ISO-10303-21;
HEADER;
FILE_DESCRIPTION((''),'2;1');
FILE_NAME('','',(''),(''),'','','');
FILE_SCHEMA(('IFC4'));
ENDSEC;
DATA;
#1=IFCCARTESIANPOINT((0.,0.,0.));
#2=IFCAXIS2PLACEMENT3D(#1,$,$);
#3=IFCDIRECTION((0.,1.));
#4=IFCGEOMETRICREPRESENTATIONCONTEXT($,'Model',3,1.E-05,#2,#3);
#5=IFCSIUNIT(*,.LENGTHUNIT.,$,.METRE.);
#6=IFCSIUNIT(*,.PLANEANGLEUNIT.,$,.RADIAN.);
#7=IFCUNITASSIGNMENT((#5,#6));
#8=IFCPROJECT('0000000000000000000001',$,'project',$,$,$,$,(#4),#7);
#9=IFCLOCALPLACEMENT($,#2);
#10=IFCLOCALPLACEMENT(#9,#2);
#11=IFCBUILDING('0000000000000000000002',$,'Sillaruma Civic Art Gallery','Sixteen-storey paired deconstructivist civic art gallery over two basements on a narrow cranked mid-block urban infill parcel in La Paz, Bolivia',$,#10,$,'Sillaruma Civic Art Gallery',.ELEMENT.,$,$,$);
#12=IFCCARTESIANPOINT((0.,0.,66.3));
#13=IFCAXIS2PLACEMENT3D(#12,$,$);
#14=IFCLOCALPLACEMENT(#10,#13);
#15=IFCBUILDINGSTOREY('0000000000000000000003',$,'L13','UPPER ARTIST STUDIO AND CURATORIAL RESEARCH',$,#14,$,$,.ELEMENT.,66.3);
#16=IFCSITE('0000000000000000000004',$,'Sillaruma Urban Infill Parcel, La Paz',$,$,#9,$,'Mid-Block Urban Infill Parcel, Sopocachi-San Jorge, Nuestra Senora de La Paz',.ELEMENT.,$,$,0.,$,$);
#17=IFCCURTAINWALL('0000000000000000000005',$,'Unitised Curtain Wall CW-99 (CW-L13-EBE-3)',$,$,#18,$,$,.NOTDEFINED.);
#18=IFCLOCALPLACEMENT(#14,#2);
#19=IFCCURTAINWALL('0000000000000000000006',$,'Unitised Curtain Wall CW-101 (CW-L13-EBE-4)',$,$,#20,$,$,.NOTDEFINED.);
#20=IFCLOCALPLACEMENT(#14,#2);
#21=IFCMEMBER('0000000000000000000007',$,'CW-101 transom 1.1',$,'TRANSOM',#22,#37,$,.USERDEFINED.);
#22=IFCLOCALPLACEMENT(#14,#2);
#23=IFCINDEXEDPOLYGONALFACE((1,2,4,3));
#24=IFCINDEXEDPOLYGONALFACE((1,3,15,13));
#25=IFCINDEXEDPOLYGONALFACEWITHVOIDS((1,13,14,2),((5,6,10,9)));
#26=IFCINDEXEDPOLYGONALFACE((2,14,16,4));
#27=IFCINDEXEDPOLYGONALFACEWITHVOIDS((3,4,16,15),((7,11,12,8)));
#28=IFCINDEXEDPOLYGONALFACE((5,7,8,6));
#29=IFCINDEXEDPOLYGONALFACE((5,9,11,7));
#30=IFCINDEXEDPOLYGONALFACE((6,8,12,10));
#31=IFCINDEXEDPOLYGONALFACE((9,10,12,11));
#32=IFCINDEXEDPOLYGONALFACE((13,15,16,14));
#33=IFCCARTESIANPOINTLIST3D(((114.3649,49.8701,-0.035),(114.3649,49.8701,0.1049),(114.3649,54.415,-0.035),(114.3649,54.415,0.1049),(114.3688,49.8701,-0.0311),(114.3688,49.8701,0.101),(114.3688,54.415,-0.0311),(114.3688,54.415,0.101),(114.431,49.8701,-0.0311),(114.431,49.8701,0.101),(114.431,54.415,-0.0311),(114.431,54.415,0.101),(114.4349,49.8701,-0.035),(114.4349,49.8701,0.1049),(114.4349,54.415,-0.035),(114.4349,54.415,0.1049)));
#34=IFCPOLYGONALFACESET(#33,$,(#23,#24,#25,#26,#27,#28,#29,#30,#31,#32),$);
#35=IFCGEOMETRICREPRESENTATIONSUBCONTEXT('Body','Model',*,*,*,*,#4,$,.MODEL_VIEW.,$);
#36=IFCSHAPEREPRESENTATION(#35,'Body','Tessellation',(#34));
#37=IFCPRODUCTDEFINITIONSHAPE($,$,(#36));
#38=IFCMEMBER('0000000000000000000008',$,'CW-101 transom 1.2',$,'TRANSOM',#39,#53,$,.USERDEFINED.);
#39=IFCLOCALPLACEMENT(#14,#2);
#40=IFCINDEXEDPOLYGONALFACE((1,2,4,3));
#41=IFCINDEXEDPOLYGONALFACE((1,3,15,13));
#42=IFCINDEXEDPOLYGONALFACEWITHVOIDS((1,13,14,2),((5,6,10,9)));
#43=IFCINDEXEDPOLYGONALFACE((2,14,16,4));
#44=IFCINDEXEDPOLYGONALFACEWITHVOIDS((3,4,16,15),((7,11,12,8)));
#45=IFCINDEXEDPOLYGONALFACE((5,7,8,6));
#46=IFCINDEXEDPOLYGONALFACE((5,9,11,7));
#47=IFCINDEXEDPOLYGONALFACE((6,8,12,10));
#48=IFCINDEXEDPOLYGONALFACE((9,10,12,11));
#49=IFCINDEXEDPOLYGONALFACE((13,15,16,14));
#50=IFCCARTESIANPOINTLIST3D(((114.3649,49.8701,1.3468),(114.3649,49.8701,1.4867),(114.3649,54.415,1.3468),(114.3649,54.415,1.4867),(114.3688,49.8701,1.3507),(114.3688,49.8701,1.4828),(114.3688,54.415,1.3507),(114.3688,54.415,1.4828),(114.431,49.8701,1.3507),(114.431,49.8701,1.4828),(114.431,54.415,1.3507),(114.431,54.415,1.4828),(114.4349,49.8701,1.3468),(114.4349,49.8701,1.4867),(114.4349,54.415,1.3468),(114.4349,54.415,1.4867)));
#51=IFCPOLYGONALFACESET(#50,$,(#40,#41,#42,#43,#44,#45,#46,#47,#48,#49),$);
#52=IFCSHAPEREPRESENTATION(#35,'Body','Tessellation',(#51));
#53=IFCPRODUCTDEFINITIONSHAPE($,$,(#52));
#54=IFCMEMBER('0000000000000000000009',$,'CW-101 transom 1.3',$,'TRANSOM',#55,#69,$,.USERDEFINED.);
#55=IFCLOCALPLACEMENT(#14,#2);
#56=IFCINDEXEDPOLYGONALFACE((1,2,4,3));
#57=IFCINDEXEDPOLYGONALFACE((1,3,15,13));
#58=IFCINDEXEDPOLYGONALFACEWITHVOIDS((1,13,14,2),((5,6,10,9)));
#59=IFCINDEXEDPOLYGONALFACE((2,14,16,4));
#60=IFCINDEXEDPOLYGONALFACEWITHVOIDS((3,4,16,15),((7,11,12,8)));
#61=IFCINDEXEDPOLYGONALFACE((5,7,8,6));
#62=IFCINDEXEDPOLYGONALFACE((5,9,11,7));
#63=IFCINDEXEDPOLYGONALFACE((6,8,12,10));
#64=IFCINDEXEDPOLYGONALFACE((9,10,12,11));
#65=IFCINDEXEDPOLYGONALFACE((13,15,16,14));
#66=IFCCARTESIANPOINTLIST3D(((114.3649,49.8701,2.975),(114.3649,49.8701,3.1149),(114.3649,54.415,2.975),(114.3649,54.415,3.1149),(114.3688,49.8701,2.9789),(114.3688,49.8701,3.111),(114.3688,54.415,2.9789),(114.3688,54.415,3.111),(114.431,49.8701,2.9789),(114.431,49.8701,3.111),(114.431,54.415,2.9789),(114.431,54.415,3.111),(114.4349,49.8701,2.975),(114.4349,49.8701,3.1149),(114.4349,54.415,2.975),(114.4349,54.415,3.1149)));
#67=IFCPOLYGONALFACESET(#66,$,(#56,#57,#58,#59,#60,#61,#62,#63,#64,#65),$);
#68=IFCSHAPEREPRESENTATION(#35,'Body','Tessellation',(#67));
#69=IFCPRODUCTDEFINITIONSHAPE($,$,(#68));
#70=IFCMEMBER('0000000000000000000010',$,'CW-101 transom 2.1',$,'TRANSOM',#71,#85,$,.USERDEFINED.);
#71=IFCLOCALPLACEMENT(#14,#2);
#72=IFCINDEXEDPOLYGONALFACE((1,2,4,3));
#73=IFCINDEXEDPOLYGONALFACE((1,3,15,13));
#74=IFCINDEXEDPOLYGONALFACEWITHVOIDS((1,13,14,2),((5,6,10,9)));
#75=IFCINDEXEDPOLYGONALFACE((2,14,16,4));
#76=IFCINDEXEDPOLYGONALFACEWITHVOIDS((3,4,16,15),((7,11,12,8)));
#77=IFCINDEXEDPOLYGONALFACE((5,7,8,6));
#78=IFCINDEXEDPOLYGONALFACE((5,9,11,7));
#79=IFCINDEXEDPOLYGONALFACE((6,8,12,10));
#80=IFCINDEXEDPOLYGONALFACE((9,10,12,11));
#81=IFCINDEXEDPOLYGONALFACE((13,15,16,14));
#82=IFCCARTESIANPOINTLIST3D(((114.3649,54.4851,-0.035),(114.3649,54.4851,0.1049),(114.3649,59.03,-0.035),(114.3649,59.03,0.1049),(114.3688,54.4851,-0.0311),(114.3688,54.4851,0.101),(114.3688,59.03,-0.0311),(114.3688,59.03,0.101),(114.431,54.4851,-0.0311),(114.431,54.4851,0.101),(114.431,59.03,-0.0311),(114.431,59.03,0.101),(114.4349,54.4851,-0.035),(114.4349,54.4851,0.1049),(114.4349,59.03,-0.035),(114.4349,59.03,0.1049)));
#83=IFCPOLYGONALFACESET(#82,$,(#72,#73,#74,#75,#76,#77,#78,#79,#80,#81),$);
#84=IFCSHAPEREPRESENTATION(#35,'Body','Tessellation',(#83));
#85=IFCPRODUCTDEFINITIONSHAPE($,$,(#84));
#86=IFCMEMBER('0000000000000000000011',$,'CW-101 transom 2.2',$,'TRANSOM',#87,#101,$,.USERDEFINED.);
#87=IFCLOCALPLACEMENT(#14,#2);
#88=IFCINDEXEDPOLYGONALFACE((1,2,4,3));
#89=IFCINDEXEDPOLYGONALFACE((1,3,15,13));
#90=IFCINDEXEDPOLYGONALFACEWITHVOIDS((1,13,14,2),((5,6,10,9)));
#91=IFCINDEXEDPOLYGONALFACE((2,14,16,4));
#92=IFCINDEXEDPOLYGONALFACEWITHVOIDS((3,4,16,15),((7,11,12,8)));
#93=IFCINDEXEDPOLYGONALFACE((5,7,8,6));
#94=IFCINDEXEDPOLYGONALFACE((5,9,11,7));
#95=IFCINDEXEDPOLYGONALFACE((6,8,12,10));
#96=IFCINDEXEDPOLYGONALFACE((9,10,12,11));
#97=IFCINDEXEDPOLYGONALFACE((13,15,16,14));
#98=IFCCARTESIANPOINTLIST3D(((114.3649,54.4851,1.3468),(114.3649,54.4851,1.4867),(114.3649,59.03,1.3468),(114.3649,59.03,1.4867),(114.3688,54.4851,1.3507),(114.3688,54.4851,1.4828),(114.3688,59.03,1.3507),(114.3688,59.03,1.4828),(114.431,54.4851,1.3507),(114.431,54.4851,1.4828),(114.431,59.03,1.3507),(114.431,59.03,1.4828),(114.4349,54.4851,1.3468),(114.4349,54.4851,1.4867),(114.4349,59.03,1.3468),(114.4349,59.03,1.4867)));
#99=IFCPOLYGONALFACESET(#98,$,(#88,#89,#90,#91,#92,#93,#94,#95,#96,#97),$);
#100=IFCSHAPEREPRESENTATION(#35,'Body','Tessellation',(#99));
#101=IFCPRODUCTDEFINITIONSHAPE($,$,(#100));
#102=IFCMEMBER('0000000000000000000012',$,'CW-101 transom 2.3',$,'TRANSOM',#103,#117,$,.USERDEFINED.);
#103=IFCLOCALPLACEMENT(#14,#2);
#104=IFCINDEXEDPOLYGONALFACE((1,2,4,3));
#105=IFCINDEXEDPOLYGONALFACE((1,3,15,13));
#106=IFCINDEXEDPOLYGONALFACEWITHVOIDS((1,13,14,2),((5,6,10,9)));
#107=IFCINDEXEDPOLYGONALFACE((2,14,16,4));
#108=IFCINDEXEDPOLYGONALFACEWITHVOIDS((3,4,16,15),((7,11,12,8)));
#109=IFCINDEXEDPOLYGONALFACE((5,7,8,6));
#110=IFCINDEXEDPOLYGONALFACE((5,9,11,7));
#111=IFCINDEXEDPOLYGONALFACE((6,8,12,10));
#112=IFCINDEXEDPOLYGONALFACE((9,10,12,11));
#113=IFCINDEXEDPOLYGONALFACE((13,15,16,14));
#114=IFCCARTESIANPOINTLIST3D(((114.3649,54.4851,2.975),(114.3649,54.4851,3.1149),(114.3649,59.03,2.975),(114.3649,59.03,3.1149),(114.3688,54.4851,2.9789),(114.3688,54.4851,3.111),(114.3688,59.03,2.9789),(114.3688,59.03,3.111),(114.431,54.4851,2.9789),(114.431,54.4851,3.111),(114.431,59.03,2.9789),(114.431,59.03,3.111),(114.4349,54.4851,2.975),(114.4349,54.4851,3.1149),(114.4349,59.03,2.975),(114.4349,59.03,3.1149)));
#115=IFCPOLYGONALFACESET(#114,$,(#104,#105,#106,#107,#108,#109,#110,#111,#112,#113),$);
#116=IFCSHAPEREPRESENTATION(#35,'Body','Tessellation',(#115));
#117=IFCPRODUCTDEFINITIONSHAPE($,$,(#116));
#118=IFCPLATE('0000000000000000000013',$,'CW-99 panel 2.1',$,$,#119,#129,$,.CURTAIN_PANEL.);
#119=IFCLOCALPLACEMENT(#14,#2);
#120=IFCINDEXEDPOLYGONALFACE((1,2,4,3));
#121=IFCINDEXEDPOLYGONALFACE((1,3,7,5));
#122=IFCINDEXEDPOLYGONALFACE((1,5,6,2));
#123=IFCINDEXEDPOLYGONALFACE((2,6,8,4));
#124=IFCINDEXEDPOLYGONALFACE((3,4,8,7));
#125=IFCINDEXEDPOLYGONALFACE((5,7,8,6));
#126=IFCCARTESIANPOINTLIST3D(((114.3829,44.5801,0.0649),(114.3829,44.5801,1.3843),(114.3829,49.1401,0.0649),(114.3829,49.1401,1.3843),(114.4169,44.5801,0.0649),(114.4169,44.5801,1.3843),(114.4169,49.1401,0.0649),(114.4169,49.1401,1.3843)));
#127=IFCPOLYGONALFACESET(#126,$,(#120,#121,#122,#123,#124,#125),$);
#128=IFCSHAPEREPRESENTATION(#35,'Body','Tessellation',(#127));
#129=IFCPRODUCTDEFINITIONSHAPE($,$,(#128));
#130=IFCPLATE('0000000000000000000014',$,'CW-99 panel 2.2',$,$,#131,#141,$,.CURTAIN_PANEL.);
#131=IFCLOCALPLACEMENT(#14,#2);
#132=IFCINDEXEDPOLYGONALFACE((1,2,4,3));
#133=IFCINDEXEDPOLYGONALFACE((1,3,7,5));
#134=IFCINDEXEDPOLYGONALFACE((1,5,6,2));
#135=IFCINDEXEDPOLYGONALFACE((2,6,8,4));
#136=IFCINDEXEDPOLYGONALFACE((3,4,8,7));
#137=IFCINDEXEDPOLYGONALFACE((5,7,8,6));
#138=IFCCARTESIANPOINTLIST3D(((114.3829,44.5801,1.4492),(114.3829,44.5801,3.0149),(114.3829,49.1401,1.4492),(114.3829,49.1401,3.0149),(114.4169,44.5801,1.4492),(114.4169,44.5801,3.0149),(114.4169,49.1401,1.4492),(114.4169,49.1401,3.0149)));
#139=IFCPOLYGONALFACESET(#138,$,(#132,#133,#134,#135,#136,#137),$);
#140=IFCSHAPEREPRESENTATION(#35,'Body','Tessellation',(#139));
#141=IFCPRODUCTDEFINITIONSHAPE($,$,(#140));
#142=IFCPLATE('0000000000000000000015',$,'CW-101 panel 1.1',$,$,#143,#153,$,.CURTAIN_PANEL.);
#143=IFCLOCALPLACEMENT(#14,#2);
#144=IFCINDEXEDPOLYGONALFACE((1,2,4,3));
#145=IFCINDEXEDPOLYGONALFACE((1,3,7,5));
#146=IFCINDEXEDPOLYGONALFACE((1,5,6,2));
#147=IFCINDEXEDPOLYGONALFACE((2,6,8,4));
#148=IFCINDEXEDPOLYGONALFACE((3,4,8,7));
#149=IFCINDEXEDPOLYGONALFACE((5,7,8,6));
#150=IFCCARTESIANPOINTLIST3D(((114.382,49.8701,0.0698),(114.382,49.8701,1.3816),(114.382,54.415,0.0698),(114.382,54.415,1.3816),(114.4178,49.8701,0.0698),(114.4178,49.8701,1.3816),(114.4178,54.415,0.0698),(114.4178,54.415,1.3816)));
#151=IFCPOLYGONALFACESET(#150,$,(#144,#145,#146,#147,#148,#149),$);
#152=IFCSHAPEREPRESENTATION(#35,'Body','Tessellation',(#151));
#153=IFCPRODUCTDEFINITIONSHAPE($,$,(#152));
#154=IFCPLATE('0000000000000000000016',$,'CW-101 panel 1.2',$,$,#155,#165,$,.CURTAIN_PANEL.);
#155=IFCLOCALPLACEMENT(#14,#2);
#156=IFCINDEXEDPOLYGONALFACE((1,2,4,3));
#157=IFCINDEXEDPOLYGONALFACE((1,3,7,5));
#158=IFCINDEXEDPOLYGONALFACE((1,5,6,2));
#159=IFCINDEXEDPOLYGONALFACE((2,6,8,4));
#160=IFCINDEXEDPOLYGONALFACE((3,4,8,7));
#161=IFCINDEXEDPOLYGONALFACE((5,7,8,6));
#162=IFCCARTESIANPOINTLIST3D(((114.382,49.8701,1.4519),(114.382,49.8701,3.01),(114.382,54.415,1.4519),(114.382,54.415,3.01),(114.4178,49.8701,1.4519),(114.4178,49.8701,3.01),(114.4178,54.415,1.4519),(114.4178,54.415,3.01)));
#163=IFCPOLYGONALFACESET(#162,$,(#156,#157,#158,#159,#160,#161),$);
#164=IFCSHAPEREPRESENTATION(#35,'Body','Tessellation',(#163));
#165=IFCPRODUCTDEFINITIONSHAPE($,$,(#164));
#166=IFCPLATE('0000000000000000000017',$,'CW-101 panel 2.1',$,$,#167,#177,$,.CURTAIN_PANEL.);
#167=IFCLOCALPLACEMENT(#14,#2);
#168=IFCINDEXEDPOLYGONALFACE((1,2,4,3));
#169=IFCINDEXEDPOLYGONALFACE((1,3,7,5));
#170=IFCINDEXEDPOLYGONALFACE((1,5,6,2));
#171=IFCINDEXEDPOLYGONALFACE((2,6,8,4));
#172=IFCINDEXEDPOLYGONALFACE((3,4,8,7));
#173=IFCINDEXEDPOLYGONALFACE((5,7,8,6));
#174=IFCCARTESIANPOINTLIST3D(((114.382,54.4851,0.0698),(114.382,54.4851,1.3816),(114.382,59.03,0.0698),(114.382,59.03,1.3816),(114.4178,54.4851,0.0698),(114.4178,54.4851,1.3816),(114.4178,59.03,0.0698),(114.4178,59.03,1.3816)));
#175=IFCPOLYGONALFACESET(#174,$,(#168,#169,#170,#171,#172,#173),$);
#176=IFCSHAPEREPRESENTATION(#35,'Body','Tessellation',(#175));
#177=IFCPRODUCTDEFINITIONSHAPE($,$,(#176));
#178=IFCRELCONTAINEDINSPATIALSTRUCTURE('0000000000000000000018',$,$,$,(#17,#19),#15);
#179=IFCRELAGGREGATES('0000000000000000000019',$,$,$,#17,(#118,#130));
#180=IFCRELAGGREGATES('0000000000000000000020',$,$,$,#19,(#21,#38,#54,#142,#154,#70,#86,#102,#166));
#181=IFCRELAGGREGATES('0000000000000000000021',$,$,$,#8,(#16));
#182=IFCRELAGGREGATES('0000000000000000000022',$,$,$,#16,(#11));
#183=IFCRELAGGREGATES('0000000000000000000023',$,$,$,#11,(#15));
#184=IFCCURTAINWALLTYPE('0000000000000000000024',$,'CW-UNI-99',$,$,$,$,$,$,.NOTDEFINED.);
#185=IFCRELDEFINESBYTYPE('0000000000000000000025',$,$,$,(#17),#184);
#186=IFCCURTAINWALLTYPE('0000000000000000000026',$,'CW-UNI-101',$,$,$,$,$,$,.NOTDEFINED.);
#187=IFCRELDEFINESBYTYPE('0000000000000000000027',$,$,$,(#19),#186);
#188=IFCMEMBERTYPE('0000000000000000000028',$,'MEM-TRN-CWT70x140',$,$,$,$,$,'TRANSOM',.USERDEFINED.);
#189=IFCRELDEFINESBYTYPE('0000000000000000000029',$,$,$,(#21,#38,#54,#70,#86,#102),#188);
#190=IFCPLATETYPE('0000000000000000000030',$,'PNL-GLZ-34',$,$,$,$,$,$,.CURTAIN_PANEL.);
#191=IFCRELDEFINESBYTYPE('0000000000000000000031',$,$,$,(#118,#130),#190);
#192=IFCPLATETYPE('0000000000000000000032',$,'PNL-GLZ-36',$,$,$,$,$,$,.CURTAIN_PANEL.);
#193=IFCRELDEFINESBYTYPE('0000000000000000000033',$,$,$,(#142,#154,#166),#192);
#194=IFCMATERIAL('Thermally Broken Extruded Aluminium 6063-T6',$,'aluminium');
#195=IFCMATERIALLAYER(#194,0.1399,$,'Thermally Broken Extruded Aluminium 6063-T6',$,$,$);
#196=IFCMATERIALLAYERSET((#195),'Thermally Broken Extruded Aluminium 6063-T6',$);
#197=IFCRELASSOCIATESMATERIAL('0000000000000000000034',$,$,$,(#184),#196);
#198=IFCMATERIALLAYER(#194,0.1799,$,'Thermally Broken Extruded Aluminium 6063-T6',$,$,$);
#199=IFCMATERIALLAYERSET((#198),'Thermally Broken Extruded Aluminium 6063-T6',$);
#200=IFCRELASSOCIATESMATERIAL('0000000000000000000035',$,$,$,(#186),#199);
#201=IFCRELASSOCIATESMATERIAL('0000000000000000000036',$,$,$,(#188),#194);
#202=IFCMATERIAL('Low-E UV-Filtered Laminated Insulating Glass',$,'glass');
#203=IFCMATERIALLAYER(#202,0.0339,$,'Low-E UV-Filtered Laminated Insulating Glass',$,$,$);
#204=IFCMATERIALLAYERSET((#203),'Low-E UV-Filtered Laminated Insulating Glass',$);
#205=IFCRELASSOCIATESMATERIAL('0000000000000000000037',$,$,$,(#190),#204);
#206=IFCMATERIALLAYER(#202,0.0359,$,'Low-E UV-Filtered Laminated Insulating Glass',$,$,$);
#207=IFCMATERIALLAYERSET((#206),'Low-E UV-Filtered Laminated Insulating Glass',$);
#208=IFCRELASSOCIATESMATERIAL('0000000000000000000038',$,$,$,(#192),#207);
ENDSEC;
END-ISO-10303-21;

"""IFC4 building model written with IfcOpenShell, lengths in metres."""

from ifc_helpers import new_model, si_unit, direction, frame, origin, origin_2d, place, context, subcontext, project, spatial, rectangle, hollow_rectangle, extrude, material, layer, layer_set, material_profile, profile_set, type_object, element, aggregate, save


model = new_model("IFC4")

# Units and contexts
model_context = context("Model", 3, precision=1e-05, world=origin(), true_north=direction((0.0, 1.0)))
body_context = subcontext(model_context, "Body", "Model", "MODEL_VIEW")
ifc_project = project(units=[si_unit("LENGTHUNIT", "METRE"), si_unit("PLANEANGLEUNIT", "RADIAN")], contexts=[model_context])

# Site, building, storey
site_placement = place(None, origin())
site = spatial("IfcSite", under=ifc_project, at=site_placement, Name="Sillaruma Urban Infill Parcel, La Paz", LongName="Mid-Block Urban Infill Parcel, Sopocachi-San Jorge, Nuestra Senora de La Paz", CompositionType="ELEMENT", RefElevation=0.0)
building_placement = place(site_placement, origin())
building = spatial("IfcBuilding", under=site, at=building_placement, Name="Sillaruma Civic Art Gallery", Description="Sixteen-storey paired deconstructivist civic art gallery over two basements on a narrow cranked mid-block urban infill parcel in La Paz, Bolivia", LongName="Sillaruma Civic Art Gallery", CompositionType="ELEMENT")
storey_placement = place(building_placement, frame((0.0, 0.0, 66.3)))
storey = spatial("IfcBuildingStorey", under=building, at=storey_placement, Name="L13", Description="UPPER ARTIST STUDIO AND CURATORIAL RESEARCH", CompositionType="ELEMENT", Elevation=66.3)

# Curtain walls
ifc_material_1 = material(Name="Thermally Broken Extruded Aluminium 6063-T6", Category="aluminium")
ifc_layer_1 = layer(ifc_material_1, 0.1399, Name="Thermally Broken Extruded Aluminium 6063-T6")
ifc_layer_set_1 = layer_set([ifc_layer_1], Name="Thermally Broken Extruded Aluminium 6063-T6")
curtain_wall_type_1 = type_object("IfcCurtainWallType", Name="CW-UNI-99", PredefinedType="NOTDEFINED", material=ifc_layer_set_1)
curtain_wall_1_placement = place(storey_placement, origin())
curtain_wall_1 = element("IfcCurtainWall", 1, at=curtain_wall_1_placement, inside=storey, type_object=curtain_wall_type_1, Name="Unitised Curtain Wall CW-99 (CW-L13-EBE-3)", PredefinedType="NOTDEFINED")
ifc_layer_2 = layer(ifc_material_1, 0.1799, Name="Thermally Broken Extruded Aluminium 6063-T6")
ifc_layer_set_2 = layer_set([ifc_layer_2], Name="Thermally Broken Extruded Aluminium 6063-T6")
curtain_wall_type_2 = type_object("IfcCurtainWallType", Name="CW-UNI-101", PredefinedType="NOTDEFINED", material=ifc_layer_set_2)
curtain_wall_2_placement = place(storey_placement, origin())
curtain_wall_2 = element("IfcCurtainWall", 2, at=curtain_wall_2_placement, inside=storey, type_object=curtain_wall_type_2, Name="Unitised Curtain Wall CW-101 (CW-L13-EBE-4)", PredefinedType="NOTDEFINED")

# Members
ifc_material_profile_1 = material_profile(ifc_material_1, hollow_rectangle(XDim=0.0701, YDim=0.1399, WallThickness=0.0039, at=origin_2d()), Name="CWT70x140")
ifc_profile_set_1 = profile_set([ifc_material_profile_1], Name="Thermally Broken Extruded Aluminium 6063-T6")
member_type_1 = type_object("IfcMemberType", Name="MEM-TRN-CWT70x140", ElementType="TRANSOM", PredefinedType="USERDEFINED", material=ifc_profile_set_1)
member_1_placement = place(storey_placement, frame((114.3999, 49.8701, 0.0349), z_axis=(0.0, 1.0, 0.0), x_axis=(-1.0, 0.0, 0.0)))
member_1 = element("IfcMember", 3, at=member_1_placement, type_object=member_type_1, Name="CW-101 transom 1.1", ObjectType="TRANSOM", PredefinedType="USERDEFINED", context=body_context, shape_type="SweptSolid", body=[
    extrude(hollow_rectangle(XDim=0.0701, YDim=0.1399, WallThickness=0.0039, at=origin_2d()), origin(), (0.0, 0.0, 1.0), 4.5449),
])
member_2_placement = place(storey_placement, frame((114.3999, 49.8701, 1.4167), z_axis=(0.0, 1.0, 0.0), x_axis=(-1.0, 0.0, 0.0)))
member_2 = element("IfcMember", 4, at=member_2_placement, type_object=member_type_1, Name="CW-101 transom 1.2", ObjectType="TRANSOM", PredefinedType="USERDEFINED", context=body_context, shape_type="SweptSolid", body=[
    extrude(hollow_rectangle(XDim=0.0701, YDim=0.1399, WallThickness=0.0039, at=origin_2d()), origin(), (0.0, 0.0, 1.0), 4.5449),
])
member_3_placement = place(storey_placement, frame((114.3999, 49.8701, 3.0449), z_axis=(0.0, 1.0, 0.0), x_axis=(-1.0, 0.0, 0.0)))
member_3 = element("IfcMember", 5, at=member_3_placement, type_object=member_type_1, Name="CW-101 transom 1.3", ObjectType="TRANSOM", PredefinedType="USERDEFINED", context=body_context, shape_type="SweptSolid", body=[
    extrude(hollow_rectangle(XDim=0.0701, YDim=0.1399, WallThickness=0.0039, at=origin_2d()), origin(), (0.0, 0.0, 1.0), 4.5449),
])
member_4_placement = place(storey_placement, frame((114.3999, 54.4851, 0.0349), z_axis=(0.0, 1.0, 0.0), x_axis=(-1.0, 0.0, 0.0)))
member_4 = element("IfcMember", 6, at=member_4_placement, type_object=member_type_1, Name="CW-101 transom 2.1", ObjectType="TRANSOM", PredefinedType="USERDEFINED", context=body_context, shape_type="SweptSolid", body=[
    extrude(hollow_rectangle(XDim=0.0701, YDim=0.1399, WallThickness=0.0039, at=origin_2d()), origin(), (0.0, 0.0, 1.0), 4.5449),
])
member_5_placement = place(storey_placement, frame((114.3999, 54.4851, 1.4167), z_axis=(0.0, 1.0, 0.0), x_axis=(-1.0, 0.0, 0.0)))
member_5 = element("IfcMember", 7, at=member_5_placement, type_object=member_type_1, Name="CW-101 transom 2.2", ObjectType="TRANSOM", PredefinedType="USERDEFINED", context=body_context, shape_type="SweptSolid", body=[
    extrude(hollow_rectangle(XDim=0.0701, YDim=0.1399, WallThickness=0.0039, at=origin_2d()), origin(), (0.0, 0.0, 1.0), 4.5449),
])
member_6_placement = place(storey_placement, frame((114.3999, 54.4851, 3.0449), z_axis=(0.0, 1.0, 0.0), x_axis=(-1.0, 0.0, 0.0)))
member_6 = element("IfcMember", 8, at=member_6_placement, type_object=member_type_1, Name="CW-101 transom 2.3", ObjectType="TRANSOM", PredefinedType="USERDEFINED", context=body_context, shape_type="SweptSolid", body=[
    extrude(hollow_rectangle(XDim=0.0701, YDim=0.1399, WallThickness=0.0039, at=origin_2d()), origin(), (0.0, 0.0, 1.0), 4.5449),
])

# Plates
ifc_material_2 = material(Name="Low-E UV-Filtered Laminated Insulating Glass", Category="glass")
ifc_layer_3 = layer(ifc_material_2, 0.0339, Name="Low-E UV-Filtered Laminated Insulating Glass")
ifc_layer_set_3 = layer_set([ifc_layer_3], Name="Low-E UV-Filtered Laminated Insulating Glass")
plate_type_1 = type_object("IfcPlateType", Name="PNL-GLZ-34", PredefinedType="CURTAIN_PANEL", material=ifc_layer_set_3)
plate_1_placement = place(storey_placement, frame((114.3999, 46.8601, 0.0649), z_axis=(0.0, 0.0, 1.0), x_axis=(0.0, 1.0, 0.0)))
plate_1 = element("IfcPlate", 9, at=plate_1_placement, type_object=plate_type_1, Name="CW-99 panel 2.1", PredefinedType="CURTAIN_PANEL", context=body_context, shape_type="SweptSolid", body=[
    extrude(rectangle(XDim=4.5601, YDim=0.0339, at=origin_2d()), origin(), (0.0, 0.0, 1.0), 1.3193),
])
plate_2_placement = place(storey_placement, frame((114.3999, 46.8601, 1.4492), z_axis=(0.0, 0.0, 1.0), x_axis=(0.0, 1.0, 0.0)))
plate_2 = element("IfcPlate", 10, at=plate_2_placement, type_object=plate_type_1, Name="CW-99 panel 2.2", PredefinedType="CURTAIN_PANEL", context=body_context, shape_type="SweptSolid", body=[
    extrude(rectangle(XDim=4.5601, YDim=0.0339, at=origin_2d()), origin(), (0.0, 0.0, 1.0), 1.5657),
])
aggregate(curtain_wall_1, [plate_1, plate_2])
ifc_layer_4 = layer(ifc_material_2, 0.0359, Name="Low-E UV-Filtered Laminated Insulating Glass")
ifc_layer_set_4 = layer_set([ifc_layer_4], Name="Low-E UV-Filtered Laminated Insulating Glass")
plate_type_2 = type_object("IfcPlateType", Name="PNL-GLZ-36", PredefinedType="CURTAIN_PANEL", material=ifc_layer_set_4)
plate_3_placement = place(storey_placement, frame((114.3999, 52.1426, 0.0698), z_axis=(0.0, 0.0, 1.0), x_axis=(0.0, 1.0, 0.0)))
plate_3 = element("IfcPlate", 11, at=plate_3_placement, type_object=plate_type_2, Name="CW-101 panel 1.1", PredefinedType="CURTAIN_PANEL", context=body_context, shape_type="SweptSolid", body=[
    extrude(rectangle(XDim=4.5449, YDim=0.0359, at=origin_2d()), origin(), (0.0, 0.0, 1.0), 1.3118),
])
plate_4_placement = place(storey_placement, frame((114.3999, 52.1426, 1.4519), z_axis=(0.0, 0.0, 1.0), x_axis=(0.0, 1.0, 0.0)))
plate_4 = element("IfcPlate", 12, at=plate_4_placement, type_object=plate_type_2, Name="CW-101 panel 1.2", PredefinedType="CURTAIN_PANEL", context=body_context, shape_type="SweptSolid", body=[
    extrude(rectangle(XDim=4.5449, YDim=0.0359, at=origin_2d()), origin(), (0.0, 0.0, 1.0), 1.5581),
])
plate_5_placement = place(storey_placement, frame((114.3999, 56.7576, 0.0698), z_axis=(0.0, 0.0, 1.0), x_axis=(0.0, 1.0, 0.0)))
plate_5 = element("IfcPlate", 13, at=plate_5_placement, type_object=plate_type_2, Name="CW-101 panel 2.1", PredefinedType="CURTAIN_PANEL", context=body_context, shape_type="SweptSolid", body=[
    extrude(rectangle(XDim=4.5449, YDim=0.0359, at=origin_2d()), origin(), (0.0, 0.0, 1.0), 1.3118),
])
aggregate(curtain_wall_2, [member_1, member_2, member_3, plate_3, plate_4, member_4, member_5, member_6, plate_5])

save(model, "model.ifc")
